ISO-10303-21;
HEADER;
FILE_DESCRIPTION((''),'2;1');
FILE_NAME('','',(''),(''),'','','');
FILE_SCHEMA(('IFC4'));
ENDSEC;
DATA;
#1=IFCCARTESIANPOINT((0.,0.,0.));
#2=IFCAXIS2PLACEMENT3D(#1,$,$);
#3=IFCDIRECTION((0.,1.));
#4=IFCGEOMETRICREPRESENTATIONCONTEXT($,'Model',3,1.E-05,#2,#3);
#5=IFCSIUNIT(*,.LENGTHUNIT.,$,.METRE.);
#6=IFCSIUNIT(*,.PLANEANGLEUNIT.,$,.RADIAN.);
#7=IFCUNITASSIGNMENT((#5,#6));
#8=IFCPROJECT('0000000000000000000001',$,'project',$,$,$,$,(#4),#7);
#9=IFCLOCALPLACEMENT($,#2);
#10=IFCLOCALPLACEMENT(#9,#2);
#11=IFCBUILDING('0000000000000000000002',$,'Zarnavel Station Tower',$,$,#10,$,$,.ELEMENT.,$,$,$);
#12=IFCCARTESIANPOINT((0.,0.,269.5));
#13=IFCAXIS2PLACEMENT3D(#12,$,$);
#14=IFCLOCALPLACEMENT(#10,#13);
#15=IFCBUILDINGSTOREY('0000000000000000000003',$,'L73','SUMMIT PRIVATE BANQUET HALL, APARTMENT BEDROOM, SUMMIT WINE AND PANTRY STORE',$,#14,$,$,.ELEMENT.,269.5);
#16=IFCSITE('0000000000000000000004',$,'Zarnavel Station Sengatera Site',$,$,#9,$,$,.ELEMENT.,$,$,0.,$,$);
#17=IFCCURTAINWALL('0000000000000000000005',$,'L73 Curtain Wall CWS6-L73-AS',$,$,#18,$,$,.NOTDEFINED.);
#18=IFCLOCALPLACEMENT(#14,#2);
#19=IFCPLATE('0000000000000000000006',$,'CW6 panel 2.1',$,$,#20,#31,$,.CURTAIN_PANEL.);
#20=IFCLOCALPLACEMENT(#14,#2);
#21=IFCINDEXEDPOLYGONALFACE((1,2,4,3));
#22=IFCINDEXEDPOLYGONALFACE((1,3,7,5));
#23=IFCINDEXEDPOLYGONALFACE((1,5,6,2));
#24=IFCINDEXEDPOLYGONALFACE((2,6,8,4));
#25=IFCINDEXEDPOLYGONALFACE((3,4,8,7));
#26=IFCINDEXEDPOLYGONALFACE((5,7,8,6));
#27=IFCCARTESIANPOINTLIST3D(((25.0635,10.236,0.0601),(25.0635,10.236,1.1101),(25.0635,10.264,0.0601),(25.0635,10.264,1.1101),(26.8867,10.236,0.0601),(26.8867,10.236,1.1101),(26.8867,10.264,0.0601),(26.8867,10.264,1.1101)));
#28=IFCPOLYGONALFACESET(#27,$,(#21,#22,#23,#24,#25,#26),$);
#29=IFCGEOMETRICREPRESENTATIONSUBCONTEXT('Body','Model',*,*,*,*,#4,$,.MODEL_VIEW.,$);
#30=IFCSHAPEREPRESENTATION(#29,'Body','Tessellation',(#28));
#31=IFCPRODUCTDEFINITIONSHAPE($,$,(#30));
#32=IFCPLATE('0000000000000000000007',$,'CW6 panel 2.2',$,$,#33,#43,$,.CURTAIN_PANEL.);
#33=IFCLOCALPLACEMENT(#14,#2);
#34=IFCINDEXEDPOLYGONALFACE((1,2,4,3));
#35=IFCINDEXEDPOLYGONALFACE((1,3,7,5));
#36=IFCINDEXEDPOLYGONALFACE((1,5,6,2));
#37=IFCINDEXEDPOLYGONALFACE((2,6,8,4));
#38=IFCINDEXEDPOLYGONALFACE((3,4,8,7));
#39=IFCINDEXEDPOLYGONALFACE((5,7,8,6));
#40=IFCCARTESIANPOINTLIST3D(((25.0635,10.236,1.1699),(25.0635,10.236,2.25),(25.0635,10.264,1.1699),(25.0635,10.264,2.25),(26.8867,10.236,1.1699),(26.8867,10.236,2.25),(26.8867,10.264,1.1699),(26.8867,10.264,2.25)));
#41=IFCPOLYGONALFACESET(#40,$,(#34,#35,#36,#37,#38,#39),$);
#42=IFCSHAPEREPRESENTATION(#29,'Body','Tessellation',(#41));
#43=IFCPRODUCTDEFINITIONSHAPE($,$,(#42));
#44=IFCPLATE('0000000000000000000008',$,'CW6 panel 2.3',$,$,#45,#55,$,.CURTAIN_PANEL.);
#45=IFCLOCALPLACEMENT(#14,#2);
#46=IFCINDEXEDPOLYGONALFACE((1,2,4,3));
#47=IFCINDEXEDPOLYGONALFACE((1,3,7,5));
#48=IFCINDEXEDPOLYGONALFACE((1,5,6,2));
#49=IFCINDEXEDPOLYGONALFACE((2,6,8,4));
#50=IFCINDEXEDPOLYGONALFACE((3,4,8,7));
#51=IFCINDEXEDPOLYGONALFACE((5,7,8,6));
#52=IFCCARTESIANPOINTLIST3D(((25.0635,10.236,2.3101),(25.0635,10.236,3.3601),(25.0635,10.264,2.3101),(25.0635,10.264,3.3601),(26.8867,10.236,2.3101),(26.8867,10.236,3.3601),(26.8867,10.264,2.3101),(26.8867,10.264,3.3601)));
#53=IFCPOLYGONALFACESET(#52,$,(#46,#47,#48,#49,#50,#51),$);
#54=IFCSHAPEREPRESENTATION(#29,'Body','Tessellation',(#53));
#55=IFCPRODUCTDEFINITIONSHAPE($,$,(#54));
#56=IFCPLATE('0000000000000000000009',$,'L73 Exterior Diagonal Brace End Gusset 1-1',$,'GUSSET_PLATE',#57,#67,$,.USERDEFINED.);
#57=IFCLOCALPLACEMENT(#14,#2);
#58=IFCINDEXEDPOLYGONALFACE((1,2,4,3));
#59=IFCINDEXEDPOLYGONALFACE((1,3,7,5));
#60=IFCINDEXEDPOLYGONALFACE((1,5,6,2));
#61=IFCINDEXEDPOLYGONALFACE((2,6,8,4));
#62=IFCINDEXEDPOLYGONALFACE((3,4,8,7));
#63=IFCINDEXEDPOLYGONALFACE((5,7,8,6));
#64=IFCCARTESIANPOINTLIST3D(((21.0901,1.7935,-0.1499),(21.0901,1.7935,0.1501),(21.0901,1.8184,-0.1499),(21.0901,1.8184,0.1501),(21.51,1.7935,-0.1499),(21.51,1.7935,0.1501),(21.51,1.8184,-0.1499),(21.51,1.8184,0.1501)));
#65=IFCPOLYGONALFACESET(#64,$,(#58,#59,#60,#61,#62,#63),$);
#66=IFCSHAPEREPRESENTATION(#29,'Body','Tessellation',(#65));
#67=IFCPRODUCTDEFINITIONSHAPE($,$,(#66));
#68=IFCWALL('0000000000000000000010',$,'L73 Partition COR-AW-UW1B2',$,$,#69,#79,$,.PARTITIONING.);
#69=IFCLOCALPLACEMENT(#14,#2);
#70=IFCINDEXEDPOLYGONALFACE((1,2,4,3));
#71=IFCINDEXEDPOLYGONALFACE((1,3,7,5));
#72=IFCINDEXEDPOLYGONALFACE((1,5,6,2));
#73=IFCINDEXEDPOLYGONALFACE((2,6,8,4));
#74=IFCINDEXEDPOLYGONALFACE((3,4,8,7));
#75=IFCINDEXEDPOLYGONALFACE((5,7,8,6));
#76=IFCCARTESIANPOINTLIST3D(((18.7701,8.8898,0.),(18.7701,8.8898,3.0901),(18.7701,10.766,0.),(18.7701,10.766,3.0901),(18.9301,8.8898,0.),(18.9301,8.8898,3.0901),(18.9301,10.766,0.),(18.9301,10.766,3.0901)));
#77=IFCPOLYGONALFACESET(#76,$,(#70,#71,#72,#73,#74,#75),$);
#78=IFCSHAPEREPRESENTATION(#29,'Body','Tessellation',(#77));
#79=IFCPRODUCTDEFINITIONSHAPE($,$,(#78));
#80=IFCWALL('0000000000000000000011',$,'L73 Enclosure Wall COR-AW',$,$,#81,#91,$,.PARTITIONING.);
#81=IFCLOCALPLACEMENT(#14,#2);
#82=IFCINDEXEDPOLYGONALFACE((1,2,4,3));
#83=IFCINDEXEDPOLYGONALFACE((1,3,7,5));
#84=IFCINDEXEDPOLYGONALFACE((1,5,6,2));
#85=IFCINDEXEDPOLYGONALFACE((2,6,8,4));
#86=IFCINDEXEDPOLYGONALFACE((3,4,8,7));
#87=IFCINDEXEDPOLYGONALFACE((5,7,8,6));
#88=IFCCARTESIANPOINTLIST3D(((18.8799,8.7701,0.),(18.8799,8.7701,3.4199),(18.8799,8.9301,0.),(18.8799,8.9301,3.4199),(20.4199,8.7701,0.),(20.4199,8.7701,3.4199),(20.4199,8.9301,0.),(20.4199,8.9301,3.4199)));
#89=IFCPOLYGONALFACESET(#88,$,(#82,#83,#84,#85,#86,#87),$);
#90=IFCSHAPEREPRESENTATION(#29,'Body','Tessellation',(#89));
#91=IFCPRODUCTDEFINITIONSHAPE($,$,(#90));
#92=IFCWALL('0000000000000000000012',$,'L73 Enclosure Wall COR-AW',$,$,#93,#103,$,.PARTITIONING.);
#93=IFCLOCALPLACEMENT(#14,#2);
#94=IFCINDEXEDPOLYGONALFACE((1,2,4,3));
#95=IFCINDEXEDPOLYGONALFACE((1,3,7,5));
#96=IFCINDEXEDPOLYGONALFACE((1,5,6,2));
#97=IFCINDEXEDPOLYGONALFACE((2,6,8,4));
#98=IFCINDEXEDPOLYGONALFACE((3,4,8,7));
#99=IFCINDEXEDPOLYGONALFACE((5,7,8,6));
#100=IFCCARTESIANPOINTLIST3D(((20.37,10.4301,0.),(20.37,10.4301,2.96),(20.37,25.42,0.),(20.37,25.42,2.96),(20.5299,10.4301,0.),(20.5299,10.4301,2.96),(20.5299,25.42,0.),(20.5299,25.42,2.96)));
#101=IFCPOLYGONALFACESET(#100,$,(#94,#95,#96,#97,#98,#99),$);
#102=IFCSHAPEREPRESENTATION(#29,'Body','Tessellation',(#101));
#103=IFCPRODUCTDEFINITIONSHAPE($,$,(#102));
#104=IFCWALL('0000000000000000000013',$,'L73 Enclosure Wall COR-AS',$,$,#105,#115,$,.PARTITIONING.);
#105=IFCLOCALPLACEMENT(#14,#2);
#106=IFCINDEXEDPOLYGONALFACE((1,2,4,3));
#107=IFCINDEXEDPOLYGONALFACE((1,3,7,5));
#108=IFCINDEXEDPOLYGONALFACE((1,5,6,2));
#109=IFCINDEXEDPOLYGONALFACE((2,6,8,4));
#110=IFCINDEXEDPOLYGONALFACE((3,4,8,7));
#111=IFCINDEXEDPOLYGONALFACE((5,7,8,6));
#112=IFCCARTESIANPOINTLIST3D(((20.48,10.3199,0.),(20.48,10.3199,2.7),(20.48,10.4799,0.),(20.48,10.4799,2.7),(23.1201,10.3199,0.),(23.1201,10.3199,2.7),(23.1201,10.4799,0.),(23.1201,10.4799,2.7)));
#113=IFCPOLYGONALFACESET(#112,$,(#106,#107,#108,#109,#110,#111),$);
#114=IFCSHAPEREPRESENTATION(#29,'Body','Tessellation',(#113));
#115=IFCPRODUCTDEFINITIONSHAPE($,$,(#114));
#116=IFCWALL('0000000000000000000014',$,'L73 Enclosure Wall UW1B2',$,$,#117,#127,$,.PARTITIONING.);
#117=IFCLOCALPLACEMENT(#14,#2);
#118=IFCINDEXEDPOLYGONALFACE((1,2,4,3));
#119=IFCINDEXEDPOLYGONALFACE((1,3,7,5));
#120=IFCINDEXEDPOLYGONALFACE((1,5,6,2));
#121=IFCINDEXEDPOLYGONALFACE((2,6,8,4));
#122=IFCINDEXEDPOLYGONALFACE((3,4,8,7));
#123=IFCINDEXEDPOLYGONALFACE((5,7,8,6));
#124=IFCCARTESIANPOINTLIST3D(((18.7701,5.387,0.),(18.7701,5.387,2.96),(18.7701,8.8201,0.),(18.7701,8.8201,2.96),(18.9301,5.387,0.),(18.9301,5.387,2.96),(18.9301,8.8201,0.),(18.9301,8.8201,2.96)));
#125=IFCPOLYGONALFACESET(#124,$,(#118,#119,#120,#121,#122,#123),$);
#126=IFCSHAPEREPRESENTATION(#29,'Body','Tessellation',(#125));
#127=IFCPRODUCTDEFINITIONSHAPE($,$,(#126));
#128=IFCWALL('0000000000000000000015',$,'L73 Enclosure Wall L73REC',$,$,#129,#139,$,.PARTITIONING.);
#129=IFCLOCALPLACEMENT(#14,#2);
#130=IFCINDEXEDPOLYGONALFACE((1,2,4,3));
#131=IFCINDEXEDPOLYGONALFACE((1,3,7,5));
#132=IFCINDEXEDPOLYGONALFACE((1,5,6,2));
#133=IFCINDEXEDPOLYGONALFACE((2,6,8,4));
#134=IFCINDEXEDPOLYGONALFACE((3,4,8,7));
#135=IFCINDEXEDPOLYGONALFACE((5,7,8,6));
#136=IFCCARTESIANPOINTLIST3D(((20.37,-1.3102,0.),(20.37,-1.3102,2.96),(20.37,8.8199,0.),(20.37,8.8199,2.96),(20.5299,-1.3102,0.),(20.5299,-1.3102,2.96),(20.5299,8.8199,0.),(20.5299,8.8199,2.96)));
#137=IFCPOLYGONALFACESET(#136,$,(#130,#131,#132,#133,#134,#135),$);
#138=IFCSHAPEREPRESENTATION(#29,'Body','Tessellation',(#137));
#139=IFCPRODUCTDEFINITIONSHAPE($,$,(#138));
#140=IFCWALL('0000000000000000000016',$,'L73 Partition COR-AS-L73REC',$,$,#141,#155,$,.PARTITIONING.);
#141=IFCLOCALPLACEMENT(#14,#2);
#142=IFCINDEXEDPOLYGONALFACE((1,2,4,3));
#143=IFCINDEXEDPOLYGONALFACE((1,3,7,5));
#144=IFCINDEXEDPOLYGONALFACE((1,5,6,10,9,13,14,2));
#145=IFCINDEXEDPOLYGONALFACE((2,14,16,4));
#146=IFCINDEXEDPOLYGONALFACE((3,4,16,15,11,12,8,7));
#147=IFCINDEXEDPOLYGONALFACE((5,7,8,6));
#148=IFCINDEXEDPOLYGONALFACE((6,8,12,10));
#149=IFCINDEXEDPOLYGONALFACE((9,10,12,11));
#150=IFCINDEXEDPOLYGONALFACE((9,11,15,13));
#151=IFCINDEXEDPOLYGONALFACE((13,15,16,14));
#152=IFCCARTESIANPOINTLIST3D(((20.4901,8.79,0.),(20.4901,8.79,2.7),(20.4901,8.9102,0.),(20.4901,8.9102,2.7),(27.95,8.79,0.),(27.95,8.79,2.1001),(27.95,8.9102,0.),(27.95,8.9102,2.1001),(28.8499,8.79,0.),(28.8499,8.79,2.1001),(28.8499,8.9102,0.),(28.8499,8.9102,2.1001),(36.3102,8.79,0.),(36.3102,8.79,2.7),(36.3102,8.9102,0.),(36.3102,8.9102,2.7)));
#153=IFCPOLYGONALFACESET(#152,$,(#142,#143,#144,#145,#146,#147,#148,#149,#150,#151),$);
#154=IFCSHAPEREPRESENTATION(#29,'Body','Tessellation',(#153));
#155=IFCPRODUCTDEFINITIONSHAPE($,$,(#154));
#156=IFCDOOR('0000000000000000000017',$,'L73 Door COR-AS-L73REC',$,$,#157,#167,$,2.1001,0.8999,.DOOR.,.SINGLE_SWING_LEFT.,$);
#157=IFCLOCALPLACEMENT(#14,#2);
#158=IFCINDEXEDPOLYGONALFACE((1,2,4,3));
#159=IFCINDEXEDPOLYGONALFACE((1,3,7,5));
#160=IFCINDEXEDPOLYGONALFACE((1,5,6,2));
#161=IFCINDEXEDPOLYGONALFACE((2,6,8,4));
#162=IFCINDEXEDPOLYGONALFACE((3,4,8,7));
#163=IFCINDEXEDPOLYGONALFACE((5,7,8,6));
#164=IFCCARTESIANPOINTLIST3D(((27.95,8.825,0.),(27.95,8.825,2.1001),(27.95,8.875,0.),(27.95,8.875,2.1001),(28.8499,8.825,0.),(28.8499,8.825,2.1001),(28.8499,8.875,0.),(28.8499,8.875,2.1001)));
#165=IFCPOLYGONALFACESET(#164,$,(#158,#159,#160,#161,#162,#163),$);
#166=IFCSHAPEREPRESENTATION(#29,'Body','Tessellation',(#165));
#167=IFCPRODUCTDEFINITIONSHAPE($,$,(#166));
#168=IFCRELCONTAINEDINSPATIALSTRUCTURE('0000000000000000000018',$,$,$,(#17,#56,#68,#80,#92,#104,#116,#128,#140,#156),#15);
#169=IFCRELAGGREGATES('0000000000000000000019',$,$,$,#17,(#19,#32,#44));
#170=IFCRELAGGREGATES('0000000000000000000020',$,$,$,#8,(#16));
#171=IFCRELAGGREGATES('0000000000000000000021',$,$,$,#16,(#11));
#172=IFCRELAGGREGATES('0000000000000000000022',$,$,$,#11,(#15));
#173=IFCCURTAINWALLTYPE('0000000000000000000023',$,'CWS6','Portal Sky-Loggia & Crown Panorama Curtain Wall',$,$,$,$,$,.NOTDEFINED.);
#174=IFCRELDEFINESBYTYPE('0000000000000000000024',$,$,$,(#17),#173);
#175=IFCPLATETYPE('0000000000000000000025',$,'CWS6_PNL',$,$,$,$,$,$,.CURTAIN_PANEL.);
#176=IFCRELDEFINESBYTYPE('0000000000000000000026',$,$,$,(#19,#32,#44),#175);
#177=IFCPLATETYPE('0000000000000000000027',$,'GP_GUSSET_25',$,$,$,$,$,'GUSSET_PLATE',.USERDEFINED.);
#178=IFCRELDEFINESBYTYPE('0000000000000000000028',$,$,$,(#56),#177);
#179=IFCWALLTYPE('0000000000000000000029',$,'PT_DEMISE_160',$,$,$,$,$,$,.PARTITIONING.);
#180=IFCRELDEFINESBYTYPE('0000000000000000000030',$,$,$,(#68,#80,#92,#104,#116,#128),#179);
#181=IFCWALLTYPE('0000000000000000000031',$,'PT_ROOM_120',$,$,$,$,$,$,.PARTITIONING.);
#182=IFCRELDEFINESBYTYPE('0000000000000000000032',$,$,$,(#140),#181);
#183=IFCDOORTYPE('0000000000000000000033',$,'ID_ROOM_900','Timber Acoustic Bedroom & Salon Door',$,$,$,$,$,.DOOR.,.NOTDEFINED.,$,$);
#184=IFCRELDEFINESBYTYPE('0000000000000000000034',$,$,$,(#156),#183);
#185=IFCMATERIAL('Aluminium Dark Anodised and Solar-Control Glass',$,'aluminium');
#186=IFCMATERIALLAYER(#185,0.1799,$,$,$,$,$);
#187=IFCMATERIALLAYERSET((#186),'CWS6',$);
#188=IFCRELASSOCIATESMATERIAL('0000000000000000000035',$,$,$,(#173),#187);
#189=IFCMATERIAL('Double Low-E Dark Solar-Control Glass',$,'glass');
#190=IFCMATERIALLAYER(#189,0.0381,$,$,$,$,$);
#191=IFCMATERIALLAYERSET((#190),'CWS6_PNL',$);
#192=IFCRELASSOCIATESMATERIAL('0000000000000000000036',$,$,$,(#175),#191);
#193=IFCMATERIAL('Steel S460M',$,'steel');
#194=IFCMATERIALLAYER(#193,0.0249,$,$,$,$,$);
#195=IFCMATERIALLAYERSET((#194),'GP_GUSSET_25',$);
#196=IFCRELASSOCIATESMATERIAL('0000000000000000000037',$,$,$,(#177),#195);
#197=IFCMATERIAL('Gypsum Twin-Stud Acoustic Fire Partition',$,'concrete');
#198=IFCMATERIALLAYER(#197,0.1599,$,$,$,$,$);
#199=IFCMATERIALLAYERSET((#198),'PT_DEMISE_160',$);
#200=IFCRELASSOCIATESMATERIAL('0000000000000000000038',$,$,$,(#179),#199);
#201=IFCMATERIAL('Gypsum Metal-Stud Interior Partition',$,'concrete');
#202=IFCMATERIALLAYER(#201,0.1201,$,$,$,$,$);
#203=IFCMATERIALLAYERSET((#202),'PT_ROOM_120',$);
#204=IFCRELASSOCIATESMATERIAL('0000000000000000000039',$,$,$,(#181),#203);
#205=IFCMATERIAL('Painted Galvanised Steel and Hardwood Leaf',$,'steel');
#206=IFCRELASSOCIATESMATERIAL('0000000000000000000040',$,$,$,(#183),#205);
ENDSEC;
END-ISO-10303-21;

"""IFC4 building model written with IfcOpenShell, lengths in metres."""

from ifc_helpers import new_model, si_unit, direction, frame, frame_2d, origin, origin_2d, place, context, subcontext, project, spatial, rectangle, extrude, material, layer, layer_set, type_object, element, fill, aggregate, save


model = new_model("IFC4")

# Units and contexts
model_context = context("Model", 3, precision=1e-05, world=origin(), true_north=direction((0.0, 1.0)))
body_context = subcontext(model_context, "Body", "Model", "MODEL_VIEW")
ifc_project = project(units=[si_unit("LENGTHUNIT", "METRE"), si_unit("PLANEANGLEUNIT", "RADIAN")], contexts=[model_context])

# Site, building, storey
site_placement = place(None, origin())
site = spatial("IfcSite", under=ifc_project, at=site_placement, Name="Zarnavel Station Sengatera Site", CompositionType="ELEMENT", RefElevation=0.0)
building_placement = place(site_placement, origin())
building = spatial("IfcBuilding", under=site, at=building_placement, Name="Zarnavel Station Tower", CompositionType="ELEMENT")
storey_placement = place(building_placement, frame((0.0, 0.0, 269.5)))
storey = spatial("IfcBuildingStorey", under=building, at=storey_placement, Name="L73", Description="SUMMIT PRIVATE BANQUET HALL, APARTMENT BEDROOM, SUMMIT WINE AND PANTRY STORE", CompositionType="ELEMENT", Elevation=269.5)

# Curtain wall
ifc_material_1 = material(Name="Aluminium Dark Anodised and Solar-Control Glass", Category="aluminium")
ifc_layer_1 = layer(ifc_material_1, 0.1799)
ifc_layer_set_1 = layer_set([ifc_layer_1], Name="CWS6")
curtain_wall_type = type_object("IfcCurtainWallType", Name="CWS6", Description="Portal Sky-Loggia & Crown Panorama Curtain Wall", PredefinedType="NOTDEFINED", material=ifc_layer_set_1)
curtain_wall_placement = place(storey_placement, origin())
curtain_wall = element("IfcCurtainWall", 1, at=curtain_wall_placement, inside=storey, type_object=curtain_wall_type, Name="L73 Curtain Wall CWS6-L73-AS", PredefinedType="NOTDEFINED")

# Plates
ifc_material_2 = material(Name="Double Low-E Dark Solar-Control Glass", Category="glass")
ifc_layer_2 = layer(ifc_material_2, 0.0381)
ifc_layer_set_2 = layer_set([ifc_layer_2], Name="CWS6_PNL")
plate_type_1 = type_object("IfcPlateType", Name="CWS6_PNL", PredefinedType="CURTAIN_PANEL", material=ifc_layer_set_2)
plate_1_placement = place(storey_placement, frame((25.9751, 10.25, 0.0601), z_axis=(0.0, 0.0, 1.0), x_axis=(1.0, 0.0, 0.0)))
plate_1 = element("IfcPlate", 2, at=plate_1_placement, type_object=plate_type_1, Name="CW6 panel 2.1", PredefinedType="CURTAIN_PANEL", context=body_context, shape_type="SweptSolid", body=[
    extrude(rectangle(XDim=1.8232, YDim=0.0281, at=origin_2d()), origin(), (0.0, 0.0, 1.0), 1.05),
])
plate_2_placement = place(storey_placement, frame((25.9751, 10.25, 1.1699), z_axis=(0.0, 0.0, 1.0), x_axis=(1.0, 0.0, 0.0)))
plate_2 = element("IfcPlate", 3, at=plate_2_placement, type_object=plate_type_1, Name="CW6 panel 2.2", PredefinedType="CURTAIN_PANEL", context=body_context, shape_type="SweptSolid", body=[
    extrude(rectangle(XDim=1.8232, YDim=0.0281, at=origin_2d()), origin(), (0.0, 0.0, 1.0), 1.0801),
])
plate_3_placement = place(storey_placement, frame((25.9751, 10.25, 2.3101), z_axis=(0.0, 0.0, 1.0), x_axis=(1.0, 0.0, 0.0)))
plate_3 = element("IfcPlate", 4, at=plate_3_placement, type_object=plate_type_1, Name="CW6 panel 2.3", PredefinedType="CURTAIN_PANEL", context=body_context, shape_type="SweptSolid", body=[
    extrude(rectangle(XDim=1.8232, YDim=0.0281, at=origin_2d()), origin(), (0.0, 0.0, 1.0), 1.05),
])
aggregate(curtain_wall, [plate_1, plate_2, plate_3])
ifc_material_3 = material(Name="Steel S460M", Category="steel")
ifc_layer_3 = layer(ifc_material_3, 0.0249)
ifc_layer_set_3 = layer_set([ifc_layer_3], Name="GP_GUSSET_25")
plate_type_2 = type_object("IfcPlateType", Name="GP_GUSSET_25", ElementType="GUSSET_PLATE", PredefinedType="USERDEFINED", material=ifc_layer_set_3)
plate_4_placement = place(storey_placement, frame((21.3, 1.8059, -0.1499), z_axis=(0.0, 0.0, 1.0), x_axis=(1.0, 0.0, 0.0)))
element("IfcPlate", 5, at=plate_4_placement, inside=storey, type_object=plate_type_2, Name="L73 Exterior Diagonal Brace End Gusset 1-1", ObjectType="GUSSET_PLATE", PredefinedType="USERDEFINED", context=body_context, shape_type="SweptSolid", body=[
    extrude(rectangle(XDim=0.4199, YDim=0.0249, at=origin_2d()), origin(), (0.0, 0.0, 1.0), 0.3),
])

# Walls
ifc_material_4 = material(Name="Gypsum Twin-Stud Acoustic Fire Partition", Category="concrete")
ifc_layer_4 = layer(ifc_material_4, 0.1599)
ifc_layer_set_4 = layer_set([ifc_layer_4], Name="PT_DEMISE_160")
wall_type_1 = type_object("IfcWallType", Name="PT_DEMISE_160", PredefinedType="PARTITIONING", material=ifc_layer_set_4)
wall_1_placement = place(storey_placement, frame((18.8501, 8.8899, 0.0), z_axis=(0.0, 0.0, 1.0), x_axis=(0.0, 1.0, 0.0)))
element("IfcWall", 6, at=wall_1_placement, inside=storey, type_object=wall_type_1, Name="L73 Partition COR-AW-UW1B2", PredefinedType="PARTITIONING", context=body_context, shape_type="SweptSolid", body=[
    extrude(rectangle(XDim=1.8762, YDim=0.1599, at=frame_2d((0.938, 0.0))), origin(), (0.0, 0.0, 1.0), 3.0901),
])
wall_2_placement = place(storey_placement, frame((18.8799, 8.8501, 0.0), z_axis=(0.0, 0.0, 1.0), x_axis=(1.0, 0.0, 0.0)))
element("IfcWall", 7, at=wall_2_placement, inside=storey, type_object=wall_type_1, Name="L73 Enclosure Wall COR-AW", PredefinedType="PARTITIONING", context=body_context, shape_type="SweptSolid", body=[
    extrude(rectangle(XDim=1.54, YDim=0.1599, at=frame_2d((0.77, 0.0))), origin(), (0.0, 0.0, 1.0), 3.4199),
])
wall_3_placement = place(storey_placement, frame((20.45, 10.4299, 0.0), z_axis=(0.0, 0.0, 1.0), x_axis=(0.0, 1.0, 0.0)))
element("IfcWall", 8, at=wall_3_placement, inside=storey, type_object=wall_type_1, Name="L73 Enclosure Wall COR-AW", PredefinedType="PARTITIONING", context=body_context, shape_type="SweptSolid", body=[
    extrude(rectangle(XDim=14.99, YDim=0.1599, at=frame_2d((7.4951, 0.0))), origin(), (0.0, 0.0, 1.0), 2.96),
])
wall_4_placement = place(storey_placement, frame((20.48, 10.3999, 0.0), z_axis=(0.0, 0.0, 1.0), x_axis=(1.0, 0.0, 0.0)))
element("IfcWall", 9, at=wall_4_placement, inside=storey, type_object=wall_type_1, Name="L73 Enclosure Wall COR-AS", PredefinedType="PARTITIONING", context=body_context, shape_type="SweptSolid", body=[
    extrude(rectangle(XDim=2.6401, YDim=0.1599, at=frame_2d((1.3201, 0.0))), origin(), (0.0, 0.0, 1.0), 2.7),
])
wall_5_placement = place(storey_placement, frame((18.8501, 5.387, 0.0), z_axis=(0.0, 0.0, 1.0), x_axis=(0.0, 1.0, 0.0)))
element("IfcWall", 10, at=wall_5_placement, inside=storey, type_object=wall_type_1, Name="L73 Enclosure Wall UW1B2", PredefinedType="PARTITIONING", context=body_context, shape_type="SweptSolid", body=[
    extrude(rectangle(XDim=3.4331, YDim=0.1599, at=frame_2d((1.7166, 0.0))), origin(), (0.0, 0.0, 1.0), 2.96),
])
wall_6_placement = place(storey_placement, frame((20.45, -1.3101, 0.0), z_axis=(0.0, 0.0, 1.0), x_axis=(0.0, 1.0, 0.0)))
element("IfcWall", 11, at=wall_6_placement, inside=storey, type_object=wall_type_1, Name="L73 Enclosure Wall L73REC", PredefinedType="PARTITIONING", context=body_context, shape_type="SweptSolid", body=[
    extrude(rectangle(XDim=10.1301, YDim=0.1599, at=frame_2d((5.0649, 0.0))), origin(), (0.0, 0.0, 1.0), 2.96),
])

# Wall, opening, door
ifc_material_5 = material(Name="Gypsum Metal-Stud Interior Partition", Category="concrete")
ifc_layer_5 = layer(ifc_material_5, 0.1201)
ifc_layer_set_5 = layer_set([ifc_layer_5], Name="PT_ROOM_120")
wall_type_2 = type_object("IfcWallType", Name="PT_ROOM_120", PredefinedType="PARTITIONING", material=ifc_layer_set_5)
wall_7_placement = place(storey_placement, frame((20.49, 8.8501, 0.0), z_axis=(0.0, 0.0, 1.0), x_axis=(1.0, 0.0, 0.0)))
wall_7 = element("IfcWall", 12, at=wall_7_placement, inside=storey, type_object=wall_type_2, Name="L73 Partition COR-AS-L73REC", PredefinedType="PARTITIONING", context=body_context, shape_type="SweptSolid", body=[
    extrude(rectangle(XDim=15.8201, YDim=0.1201, at=frame_2d((7.9102, 0.0))), origin(), (0.0, 0.0, 1.0), 2.7),
])
opening_placement = place(wall_7_placement, frame((7.46, 0.0, 0.0)))
opening = element("IfcOpeningElement", 13, at=opening_placement, cuts=wall_7, PredefinedType="OPENING", context=body_context, shape_type="SweptSolid", body=[
    extrude(rectangle(XDim=0.8999, YDim=2.1001, at=frame_2d((0.45, 1.05))), frame((0.0, 0.0701, 0.0), z_axis=(0.0, -1.0, 0.0), x_axis=(1.0, 0.0, 0.0)), (0.0, 0.0, 1.0), 0.1401),
])
ifc_material_6 = material(Name="Painted Galvanised Steel and Hardwood Leaf", Category="steel")
door_type = type_object("IfcDoorType", Name="ID_ROOM_900", Description="Timber Acoustic Bedroom & Salon Door", OperationType="NOTDEFINED", PredefinedType="DOOR", material=ifc_material_6)
door_placement = place(opening_placement, origin())
door = element("IfcDoor", 14, at=door_placement, inside=storey, type_object=door_type, Name="L73 Door COR-AS-L73REC", OperationType="SINGLE_SWING_LEFT", OverallHeight=2.1001, OverallWidth=0.8999, PredefinedType="DOOR", context=body_context, shape_type="SweptSolid", body=[
    extrude(rectangle(XDim=0.8999, YDim=2.1001, at=frame_2d((0.45, 1.05))), frame((0.0, 0.0249, 0.0), z_axis=(0.0, -1.0, 0.0), x_axis=(1.0, 0.0, 0.0)), (0.0, 0.0, 1.0), 0.05),
])
fill(opening, door)

save(model, "model.ifc")
